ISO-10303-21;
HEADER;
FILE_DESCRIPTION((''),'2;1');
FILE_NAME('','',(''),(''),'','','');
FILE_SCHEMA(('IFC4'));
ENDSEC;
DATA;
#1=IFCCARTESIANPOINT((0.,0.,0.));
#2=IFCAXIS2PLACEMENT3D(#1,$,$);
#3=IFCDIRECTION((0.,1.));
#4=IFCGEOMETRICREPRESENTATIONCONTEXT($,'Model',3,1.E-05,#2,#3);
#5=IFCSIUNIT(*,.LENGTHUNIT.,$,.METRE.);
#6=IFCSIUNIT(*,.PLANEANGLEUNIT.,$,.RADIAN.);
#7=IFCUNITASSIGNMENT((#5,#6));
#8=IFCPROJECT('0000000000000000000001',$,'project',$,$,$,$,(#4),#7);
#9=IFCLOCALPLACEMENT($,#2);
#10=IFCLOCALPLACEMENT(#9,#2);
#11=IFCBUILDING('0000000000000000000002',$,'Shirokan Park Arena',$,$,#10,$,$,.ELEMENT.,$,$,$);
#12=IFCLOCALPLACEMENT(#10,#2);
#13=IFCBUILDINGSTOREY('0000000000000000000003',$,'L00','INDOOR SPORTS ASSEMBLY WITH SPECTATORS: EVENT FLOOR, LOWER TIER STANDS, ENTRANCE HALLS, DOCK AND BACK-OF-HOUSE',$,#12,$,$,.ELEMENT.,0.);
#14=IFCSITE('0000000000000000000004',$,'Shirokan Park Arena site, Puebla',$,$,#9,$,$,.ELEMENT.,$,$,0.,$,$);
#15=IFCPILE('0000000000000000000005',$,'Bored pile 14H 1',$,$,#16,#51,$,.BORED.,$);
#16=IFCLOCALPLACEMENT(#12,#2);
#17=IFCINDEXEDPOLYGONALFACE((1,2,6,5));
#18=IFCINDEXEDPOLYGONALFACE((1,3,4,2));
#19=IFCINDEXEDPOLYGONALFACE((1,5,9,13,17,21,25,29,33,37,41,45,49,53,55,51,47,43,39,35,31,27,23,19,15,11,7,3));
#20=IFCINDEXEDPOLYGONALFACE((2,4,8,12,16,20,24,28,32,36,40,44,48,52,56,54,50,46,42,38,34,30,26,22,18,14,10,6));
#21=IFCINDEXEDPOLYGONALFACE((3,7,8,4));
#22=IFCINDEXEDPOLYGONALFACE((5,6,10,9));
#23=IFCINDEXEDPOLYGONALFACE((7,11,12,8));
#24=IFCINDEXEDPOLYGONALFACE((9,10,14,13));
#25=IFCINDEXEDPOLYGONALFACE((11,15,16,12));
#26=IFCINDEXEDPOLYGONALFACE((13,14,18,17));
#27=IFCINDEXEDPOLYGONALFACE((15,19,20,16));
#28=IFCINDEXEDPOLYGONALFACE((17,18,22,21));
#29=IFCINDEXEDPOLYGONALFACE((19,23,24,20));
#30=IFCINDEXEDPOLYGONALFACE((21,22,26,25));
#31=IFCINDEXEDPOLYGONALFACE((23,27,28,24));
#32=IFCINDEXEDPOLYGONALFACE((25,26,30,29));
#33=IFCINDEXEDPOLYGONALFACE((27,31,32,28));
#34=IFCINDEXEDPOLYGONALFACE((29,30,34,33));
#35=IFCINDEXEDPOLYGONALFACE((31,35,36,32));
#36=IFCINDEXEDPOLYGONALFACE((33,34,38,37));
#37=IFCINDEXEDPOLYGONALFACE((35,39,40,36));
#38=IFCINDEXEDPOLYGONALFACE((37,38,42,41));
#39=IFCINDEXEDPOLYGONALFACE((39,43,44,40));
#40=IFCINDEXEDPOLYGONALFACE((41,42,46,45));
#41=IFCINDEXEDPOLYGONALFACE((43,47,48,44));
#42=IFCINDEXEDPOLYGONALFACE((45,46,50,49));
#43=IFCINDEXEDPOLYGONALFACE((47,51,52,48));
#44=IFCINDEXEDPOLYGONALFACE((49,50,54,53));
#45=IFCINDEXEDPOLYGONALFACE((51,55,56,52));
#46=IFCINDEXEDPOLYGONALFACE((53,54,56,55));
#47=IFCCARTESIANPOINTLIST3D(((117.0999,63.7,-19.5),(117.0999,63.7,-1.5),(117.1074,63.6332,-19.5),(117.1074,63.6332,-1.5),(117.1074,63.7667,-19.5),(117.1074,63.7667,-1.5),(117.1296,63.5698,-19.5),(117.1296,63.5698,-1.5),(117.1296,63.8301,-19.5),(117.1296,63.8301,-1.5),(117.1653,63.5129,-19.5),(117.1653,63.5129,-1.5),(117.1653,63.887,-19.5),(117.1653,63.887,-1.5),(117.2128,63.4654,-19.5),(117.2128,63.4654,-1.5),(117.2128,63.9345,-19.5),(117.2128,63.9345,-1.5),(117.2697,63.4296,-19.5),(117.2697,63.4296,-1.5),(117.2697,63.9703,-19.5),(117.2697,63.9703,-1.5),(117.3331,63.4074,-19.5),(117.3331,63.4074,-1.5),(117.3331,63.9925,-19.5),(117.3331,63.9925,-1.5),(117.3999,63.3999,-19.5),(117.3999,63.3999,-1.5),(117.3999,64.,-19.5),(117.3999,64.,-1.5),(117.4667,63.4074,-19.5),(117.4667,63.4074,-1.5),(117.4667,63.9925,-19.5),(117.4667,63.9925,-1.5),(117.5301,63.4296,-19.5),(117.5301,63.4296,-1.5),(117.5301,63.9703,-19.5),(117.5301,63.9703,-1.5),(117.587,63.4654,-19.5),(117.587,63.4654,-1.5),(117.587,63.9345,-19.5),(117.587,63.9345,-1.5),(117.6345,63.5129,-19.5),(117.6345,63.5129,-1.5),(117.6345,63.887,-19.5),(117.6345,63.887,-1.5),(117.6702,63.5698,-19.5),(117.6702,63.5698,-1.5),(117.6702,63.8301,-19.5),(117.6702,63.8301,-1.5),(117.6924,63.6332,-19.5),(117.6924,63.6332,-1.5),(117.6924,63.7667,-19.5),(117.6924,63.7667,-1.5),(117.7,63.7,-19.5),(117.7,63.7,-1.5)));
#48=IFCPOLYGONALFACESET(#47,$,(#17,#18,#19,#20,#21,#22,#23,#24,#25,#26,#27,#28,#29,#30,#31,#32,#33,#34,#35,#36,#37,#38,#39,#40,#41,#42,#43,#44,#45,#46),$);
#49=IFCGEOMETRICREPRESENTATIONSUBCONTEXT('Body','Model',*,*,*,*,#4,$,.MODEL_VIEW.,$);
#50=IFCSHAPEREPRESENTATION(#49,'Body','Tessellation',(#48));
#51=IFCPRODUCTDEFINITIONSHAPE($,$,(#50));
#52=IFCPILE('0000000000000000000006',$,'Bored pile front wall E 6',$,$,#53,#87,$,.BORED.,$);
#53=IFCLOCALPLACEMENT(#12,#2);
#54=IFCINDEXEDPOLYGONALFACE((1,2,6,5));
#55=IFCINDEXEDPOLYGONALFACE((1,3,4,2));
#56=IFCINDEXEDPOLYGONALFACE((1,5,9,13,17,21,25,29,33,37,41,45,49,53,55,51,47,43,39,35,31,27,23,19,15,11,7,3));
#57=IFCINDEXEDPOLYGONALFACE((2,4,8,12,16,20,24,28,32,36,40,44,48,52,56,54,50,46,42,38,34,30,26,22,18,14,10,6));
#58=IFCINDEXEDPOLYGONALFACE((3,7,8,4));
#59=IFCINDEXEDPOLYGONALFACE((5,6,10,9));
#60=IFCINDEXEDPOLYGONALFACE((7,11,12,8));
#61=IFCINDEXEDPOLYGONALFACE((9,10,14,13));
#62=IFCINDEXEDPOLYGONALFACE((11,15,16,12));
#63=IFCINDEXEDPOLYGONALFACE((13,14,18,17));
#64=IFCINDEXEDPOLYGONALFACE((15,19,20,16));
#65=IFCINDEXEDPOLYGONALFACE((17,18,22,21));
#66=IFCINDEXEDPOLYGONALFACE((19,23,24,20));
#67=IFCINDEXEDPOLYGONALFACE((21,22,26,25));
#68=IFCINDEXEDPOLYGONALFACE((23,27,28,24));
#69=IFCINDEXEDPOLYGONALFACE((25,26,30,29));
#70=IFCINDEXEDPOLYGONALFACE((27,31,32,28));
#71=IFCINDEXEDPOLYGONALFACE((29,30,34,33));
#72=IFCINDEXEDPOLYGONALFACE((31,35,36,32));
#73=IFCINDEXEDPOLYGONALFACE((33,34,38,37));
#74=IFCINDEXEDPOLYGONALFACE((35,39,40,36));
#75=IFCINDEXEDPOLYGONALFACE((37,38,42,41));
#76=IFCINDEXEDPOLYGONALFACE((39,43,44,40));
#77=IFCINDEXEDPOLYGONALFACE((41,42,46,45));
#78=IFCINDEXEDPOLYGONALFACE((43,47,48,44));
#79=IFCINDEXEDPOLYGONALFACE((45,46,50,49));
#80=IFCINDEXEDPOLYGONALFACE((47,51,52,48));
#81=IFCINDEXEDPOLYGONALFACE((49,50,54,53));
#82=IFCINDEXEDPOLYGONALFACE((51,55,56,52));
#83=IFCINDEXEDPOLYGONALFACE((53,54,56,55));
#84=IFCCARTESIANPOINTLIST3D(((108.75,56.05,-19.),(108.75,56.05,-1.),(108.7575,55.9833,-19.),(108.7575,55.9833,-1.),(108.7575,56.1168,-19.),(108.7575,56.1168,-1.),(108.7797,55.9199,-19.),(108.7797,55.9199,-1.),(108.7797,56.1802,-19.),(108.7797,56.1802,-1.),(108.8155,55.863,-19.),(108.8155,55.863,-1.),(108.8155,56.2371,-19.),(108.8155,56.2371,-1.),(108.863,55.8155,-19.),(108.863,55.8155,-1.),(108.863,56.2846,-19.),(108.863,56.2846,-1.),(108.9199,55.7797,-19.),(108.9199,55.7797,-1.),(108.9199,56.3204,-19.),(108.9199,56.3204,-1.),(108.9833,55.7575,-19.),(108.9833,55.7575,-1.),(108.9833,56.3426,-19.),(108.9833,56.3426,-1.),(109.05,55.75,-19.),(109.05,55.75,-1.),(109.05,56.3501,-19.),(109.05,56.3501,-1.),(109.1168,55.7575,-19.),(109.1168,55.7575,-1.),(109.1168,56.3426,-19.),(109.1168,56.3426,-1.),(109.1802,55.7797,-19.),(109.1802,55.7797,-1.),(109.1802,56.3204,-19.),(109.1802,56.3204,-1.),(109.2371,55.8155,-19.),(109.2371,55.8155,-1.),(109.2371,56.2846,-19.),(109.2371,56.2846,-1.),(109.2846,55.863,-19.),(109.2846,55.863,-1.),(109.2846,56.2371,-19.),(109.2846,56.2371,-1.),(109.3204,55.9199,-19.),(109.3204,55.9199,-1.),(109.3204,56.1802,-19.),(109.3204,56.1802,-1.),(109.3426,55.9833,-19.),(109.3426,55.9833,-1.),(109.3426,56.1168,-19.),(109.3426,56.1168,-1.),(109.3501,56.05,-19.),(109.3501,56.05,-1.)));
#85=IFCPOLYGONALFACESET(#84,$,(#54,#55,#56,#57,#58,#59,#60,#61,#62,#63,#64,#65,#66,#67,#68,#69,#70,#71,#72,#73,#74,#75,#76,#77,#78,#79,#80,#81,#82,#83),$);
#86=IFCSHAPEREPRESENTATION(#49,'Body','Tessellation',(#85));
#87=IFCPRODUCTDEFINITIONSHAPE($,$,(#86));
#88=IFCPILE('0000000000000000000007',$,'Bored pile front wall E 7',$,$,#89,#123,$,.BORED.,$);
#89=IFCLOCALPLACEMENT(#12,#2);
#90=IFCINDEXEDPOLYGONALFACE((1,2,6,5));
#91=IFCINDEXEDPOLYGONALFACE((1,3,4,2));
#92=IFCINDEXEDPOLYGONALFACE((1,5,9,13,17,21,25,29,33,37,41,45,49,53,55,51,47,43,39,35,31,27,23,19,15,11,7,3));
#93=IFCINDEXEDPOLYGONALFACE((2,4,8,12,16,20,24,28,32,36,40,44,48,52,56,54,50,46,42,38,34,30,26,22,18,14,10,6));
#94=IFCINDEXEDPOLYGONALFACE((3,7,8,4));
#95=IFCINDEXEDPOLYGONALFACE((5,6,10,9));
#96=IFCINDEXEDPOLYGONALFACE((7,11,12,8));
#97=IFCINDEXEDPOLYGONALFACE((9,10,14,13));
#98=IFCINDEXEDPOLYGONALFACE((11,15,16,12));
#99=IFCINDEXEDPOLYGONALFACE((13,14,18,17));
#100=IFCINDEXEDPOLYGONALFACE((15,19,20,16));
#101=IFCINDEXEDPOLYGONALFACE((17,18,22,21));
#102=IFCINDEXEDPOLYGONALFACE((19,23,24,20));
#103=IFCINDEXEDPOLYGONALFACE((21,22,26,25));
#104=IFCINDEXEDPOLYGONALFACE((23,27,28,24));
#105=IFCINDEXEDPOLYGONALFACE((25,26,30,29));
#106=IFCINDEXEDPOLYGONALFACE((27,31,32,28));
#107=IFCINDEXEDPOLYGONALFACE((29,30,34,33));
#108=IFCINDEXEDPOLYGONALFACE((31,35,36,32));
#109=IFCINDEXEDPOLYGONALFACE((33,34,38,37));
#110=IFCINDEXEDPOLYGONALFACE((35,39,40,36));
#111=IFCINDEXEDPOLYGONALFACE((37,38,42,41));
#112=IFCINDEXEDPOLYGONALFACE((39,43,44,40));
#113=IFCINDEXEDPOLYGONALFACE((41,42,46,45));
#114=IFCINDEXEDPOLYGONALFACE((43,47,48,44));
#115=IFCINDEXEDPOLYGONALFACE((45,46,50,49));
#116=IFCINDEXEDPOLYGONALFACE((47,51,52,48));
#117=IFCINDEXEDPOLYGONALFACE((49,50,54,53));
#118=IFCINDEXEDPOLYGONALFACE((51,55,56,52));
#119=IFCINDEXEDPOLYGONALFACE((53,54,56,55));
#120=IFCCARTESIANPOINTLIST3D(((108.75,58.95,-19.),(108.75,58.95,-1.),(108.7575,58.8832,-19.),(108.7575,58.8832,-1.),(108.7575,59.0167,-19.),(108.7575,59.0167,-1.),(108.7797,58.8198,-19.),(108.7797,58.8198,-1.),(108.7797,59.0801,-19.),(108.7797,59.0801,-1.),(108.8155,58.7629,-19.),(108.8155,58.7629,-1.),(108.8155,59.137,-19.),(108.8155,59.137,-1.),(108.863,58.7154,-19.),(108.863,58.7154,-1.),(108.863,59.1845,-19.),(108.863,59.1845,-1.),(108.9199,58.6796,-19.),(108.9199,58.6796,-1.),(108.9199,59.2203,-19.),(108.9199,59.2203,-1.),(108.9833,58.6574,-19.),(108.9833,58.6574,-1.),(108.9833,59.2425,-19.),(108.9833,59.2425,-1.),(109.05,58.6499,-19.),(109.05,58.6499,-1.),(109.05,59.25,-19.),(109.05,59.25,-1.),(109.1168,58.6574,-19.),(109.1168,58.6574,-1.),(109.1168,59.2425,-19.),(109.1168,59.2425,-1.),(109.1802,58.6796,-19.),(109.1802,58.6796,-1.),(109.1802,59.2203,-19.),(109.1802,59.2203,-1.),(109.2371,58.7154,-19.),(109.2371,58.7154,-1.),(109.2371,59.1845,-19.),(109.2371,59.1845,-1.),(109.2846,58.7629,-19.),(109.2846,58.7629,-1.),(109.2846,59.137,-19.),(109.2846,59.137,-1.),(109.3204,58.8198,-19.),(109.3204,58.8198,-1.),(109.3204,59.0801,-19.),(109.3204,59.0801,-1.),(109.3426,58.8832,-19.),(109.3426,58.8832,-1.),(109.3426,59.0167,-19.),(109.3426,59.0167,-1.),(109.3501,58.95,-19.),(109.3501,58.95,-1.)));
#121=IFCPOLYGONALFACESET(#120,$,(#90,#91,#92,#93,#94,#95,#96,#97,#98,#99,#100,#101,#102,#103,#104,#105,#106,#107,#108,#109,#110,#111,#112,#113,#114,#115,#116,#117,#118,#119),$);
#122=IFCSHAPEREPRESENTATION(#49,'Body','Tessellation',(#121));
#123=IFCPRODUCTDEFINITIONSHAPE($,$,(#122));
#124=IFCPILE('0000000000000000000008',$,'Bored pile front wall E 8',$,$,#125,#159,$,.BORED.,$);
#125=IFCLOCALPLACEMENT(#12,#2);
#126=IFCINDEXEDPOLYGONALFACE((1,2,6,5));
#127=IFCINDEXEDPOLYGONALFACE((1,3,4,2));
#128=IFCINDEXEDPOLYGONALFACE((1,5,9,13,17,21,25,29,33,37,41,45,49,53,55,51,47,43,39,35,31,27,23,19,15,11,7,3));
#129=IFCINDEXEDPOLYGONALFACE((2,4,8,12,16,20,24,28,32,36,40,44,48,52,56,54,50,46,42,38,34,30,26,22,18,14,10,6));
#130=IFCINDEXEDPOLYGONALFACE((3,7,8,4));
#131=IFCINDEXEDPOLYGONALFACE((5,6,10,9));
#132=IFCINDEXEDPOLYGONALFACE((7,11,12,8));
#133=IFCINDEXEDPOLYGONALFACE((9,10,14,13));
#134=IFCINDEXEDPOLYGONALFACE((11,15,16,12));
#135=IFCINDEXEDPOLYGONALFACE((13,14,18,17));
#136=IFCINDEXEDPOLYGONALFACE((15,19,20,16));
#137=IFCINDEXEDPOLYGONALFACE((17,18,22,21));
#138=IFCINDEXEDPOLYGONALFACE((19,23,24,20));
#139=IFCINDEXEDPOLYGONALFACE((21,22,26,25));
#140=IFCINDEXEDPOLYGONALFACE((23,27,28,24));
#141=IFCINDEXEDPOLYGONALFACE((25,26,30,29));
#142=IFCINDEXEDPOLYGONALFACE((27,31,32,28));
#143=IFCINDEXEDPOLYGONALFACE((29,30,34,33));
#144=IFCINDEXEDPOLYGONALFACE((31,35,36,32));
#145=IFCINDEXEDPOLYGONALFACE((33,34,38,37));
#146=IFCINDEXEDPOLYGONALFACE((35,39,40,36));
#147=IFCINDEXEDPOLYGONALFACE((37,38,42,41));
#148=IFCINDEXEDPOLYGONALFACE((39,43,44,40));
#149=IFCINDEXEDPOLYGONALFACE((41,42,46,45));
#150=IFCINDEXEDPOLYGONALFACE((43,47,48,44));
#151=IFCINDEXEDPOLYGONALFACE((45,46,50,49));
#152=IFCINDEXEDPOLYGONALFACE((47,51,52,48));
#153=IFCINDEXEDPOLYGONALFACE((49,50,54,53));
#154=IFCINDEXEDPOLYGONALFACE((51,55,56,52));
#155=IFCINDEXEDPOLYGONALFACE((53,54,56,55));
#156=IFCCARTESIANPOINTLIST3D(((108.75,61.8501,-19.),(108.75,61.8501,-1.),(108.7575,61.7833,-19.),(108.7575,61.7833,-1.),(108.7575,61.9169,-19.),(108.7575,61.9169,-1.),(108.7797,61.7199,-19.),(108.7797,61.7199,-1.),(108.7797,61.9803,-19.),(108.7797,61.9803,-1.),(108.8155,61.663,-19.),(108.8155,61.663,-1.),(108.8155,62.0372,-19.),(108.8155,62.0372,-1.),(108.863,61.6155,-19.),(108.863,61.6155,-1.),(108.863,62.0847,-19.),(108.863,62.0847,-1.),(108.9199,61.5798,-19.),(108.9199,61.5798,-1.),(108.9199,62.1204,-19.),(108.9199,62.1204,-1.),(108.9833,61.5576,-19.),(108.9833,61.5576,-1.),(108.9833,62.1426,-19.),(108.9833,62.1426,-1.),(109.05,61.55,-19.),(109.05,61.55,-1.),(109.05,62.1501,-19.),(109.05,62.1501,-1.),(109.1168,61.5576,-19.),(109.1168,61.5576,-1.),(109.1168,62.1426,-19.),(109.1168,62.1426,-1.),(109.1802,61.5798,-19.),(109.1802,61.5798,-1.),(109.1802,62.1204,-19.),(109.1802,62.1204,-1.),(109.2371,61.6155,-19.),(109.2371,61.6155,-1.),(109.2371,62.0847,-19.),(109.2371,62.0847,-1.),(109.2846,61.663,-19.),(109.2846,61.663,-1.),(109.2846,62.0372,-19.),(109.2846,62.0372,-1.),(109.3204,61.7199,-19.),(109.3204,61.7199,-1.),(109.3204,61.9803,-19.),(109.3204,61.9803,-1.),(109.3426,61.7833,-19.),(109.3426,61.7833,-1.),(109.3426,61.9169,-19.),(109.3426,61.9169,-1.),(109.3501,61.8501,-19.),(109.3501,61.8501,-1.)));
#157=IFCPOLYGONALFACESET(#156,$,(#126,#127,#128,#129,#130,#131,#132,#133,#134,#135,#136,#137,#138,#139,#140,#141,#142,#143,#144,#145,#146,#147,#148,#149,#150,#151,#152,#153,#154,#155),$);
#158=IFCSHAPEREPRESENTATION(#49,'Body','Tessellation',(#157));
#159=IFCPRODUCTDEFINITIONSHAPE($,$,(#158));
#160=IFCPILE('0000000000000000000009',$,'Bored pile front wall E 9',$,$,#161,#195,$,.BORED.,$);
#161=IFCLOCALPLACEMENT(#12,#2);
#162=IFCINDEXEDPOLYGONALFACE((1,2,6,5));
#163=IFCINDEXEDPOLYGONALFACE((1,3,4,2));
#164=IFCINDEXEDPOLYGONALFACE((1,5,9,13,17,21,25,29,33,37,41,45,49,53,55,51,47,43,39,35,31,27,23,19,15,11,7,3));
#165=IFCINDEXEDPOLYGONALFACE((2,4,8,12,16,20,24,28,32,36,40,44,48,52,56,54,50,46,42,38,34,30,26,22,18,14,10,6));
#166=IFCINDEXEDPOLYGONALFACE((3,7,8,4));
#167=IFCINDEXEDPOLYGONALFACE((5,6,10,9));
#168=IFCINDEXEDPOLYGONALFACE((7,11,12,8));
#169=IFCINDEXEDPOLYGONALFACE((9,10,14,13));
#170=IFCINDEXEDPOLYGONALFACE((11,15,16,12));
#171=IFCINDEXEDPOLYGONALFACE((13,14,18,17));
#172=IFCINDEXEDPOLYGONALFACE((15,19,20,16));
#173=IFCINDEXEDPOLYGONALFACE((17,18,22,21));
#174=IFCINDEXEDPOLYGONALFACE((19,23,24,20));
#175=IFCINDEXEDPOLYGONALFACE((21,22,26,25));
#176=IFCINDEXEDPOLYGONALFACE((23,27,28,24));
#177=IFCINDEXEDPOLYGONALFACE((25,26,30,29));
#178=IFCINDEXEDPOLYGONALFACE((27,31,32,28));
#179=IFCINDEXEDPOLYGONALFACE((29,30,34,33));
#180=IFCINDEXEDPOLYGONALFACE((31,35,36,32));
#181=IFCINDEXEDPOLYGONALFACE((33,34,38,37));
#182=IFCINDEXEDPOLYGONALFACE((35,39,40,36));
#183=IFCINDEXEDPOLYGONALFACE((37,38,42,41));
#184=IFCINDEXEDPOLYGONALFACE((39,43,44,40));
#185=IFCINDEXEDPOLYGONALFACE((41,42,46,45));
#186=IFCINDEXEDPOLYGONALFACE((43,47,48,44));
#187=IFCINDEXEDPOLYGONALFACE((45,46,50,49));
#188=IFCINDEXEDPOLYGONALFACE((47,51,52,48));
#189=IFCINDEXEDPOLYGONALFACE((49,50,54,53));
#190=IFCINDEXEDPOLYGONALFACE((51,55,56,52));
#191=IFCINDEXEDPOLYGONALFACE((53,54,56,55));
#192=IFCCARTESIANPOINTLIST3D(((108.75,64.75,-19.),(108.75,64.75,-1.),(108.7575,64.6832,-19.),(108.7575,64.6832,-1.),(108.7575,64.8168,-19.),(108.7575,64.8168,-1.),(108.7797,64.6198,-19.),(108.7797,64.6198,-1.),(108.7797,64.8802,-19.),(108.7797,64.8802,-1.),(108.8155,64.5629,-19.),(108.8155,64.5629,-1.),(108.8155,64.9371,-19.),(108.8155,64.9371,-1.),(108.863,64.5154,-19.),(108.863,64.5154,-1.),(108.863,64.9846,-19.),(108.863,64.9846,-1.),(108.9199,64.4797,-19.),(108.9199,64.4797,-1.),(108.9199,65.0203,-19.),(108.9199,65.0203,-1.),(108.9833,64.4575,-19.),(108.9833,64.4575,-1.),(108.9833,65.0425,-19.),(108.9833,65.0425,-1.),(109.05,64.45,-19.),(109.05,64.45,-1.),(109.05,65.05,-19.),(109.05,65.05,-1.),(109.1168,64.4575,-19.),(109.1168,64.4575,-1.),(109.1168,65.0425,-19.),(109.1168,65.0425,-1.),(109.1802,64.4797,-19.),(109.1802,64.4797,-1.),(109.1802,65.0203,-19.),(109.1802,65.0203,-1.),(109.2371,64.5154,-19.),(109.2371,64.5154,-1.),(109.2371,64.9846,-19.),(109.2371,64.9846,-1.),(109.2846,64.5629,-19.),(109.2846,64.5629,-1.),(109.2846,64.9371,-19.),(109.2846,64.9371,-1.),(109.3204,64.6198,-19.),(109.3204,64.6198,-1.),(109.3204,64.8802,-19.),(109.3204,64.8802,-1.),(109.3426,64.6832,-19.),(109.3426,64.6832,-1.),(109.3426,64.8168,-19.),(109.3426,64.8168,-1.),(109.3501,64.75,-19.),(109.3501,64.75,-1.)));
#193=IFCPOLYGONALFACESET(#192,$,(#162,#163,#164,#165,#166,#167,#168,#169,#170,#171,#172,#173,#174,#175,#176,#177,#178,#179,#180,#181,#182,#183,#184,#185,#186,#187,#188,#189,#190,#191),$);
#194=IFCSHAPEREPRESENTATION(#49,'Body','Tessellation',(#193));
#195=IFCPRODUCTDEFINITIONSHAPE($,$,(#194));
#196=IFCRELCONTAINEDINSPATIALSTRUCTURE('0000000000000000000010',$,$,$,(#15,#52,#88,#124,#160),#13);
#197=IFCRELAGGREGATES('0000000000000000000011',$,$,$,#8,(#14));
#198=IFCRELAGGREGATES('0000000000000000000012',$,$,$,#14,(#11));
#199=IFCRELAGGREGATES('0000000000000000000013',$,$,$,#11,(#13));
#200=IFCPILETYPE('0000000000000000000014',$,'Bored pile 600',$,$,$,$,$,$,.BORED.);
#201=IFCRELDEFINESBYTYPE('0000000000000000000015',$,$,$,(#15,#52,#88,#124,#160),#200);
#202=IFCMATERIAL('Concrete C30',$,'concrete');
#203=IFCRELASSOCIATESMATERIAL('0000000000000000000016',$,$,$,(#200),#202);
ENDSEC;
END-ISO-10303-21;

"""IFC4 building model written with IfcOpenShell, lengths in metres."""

from ifc_helpers import new_model, si_unit, direction, frame, origin, origin_2d, place, context, subcontext, project, spatial, circle, extrude, material, material_profile, profile_set, type_object, element, save


model = new_model("IFC4")

# Units and contexts
model_context = context("Model", 3, precision=1e-05, world=origin(), true_north=direction((0.0, 1.0)))
body_context = subcontext(model_context, "Body", "Model", "MODEL_VIEW")
ifc_project = project(units=[si_unit("LENGTHUNIT", "METRE"), si_unit("PLANEANGLEUNIT", "RADIAN")], contexts=[model_context])

# Site, building, storey
site_placement = place(None, origin())
site = spatial("IfcSite", under=ifc_project, at=site_placement, Name="Shirokan Park Arena site, Puebla", CompositionType="ELEMENT", RefElevation=0.0)
building_placement = place(site_placement, origin())
building = spatial("IfcBuilding", under=site, at=building_placement, Name="Shirokan Park Arena", CompositionType="ELEMENT")
storey_placement = place(building_placement, origin())
storey = spatial("IfcBuildingStorey", under=building, at=storey_placement, Name="L00", Description="INDOOR SPORTS ASSEMBLY WITH SPECTATORS: EVENT FLOOR, LOWER TIER STANDS, ENTRANCE HALLS, DOCK AND BACK-OF-HOUSE", CompositionType="ELEMENT", Elevation=0.0)

# Piles
ifc_material_1 = material(Name="Concrete C30", Category="concrete")
ifc_material_profile_1 = material_profile(ifc_material_1, circle(Radius=0.3, at=origin_2d()), Name="D600")
ifc_profile_set_1 = profile_set([ifc_material_profile_1], Name="Concrete C30")
pile_type_1 = type_object("IfcPileType", Name="Bored pile 600", PredefinedType="BORED", material=ifc_profile_set_1)
for number, where, z_axis, x_axis, name in (
    (1, (117.3999, 63.7, -1.5), (0.0, 0.0, -1.0), (1.0, 0.0, 0.0), "Bored pile 14H 1"),
    (2, (109.05, 56.05, -1.0), (0.0, 0.0, -1.0), (1.0, 0.0, 0.0), "Bored pile front wall E 6"),
    (3, (109.05, 58.95, -1.0), (0.0, 0.0, -1.0), (1.0, 0.0, 0.0), "Bored pile front wall E 7"),
    (4, (109.05, 61.8501, -1.0), (0.0, 0.0, -1.0), (1.0, 0.0, 0.0), "Bored pile front wall E 8"),
    (5, (109.05, 64.75, -1.0), (0.0, 0.0, -1.0), (1.0, 0.0, 0.0), "Bored pile front wall E 9"),
):
    element("IfcPile", number, at=place(storey_placement, frame(where, z_axis=z_axis, x_axis=x_axis)), inside=storey, type_object=pile_type_1, Name=name, PredefinedType="BORED", context=body_context, shape_type="SweptSolid", body=[
        extrude(circle(Radius=0.3, at=origin_2d()), origin(), (0.0, 0.0, 1.0), 18.0),
    ])

save(model, "model.ifc")
